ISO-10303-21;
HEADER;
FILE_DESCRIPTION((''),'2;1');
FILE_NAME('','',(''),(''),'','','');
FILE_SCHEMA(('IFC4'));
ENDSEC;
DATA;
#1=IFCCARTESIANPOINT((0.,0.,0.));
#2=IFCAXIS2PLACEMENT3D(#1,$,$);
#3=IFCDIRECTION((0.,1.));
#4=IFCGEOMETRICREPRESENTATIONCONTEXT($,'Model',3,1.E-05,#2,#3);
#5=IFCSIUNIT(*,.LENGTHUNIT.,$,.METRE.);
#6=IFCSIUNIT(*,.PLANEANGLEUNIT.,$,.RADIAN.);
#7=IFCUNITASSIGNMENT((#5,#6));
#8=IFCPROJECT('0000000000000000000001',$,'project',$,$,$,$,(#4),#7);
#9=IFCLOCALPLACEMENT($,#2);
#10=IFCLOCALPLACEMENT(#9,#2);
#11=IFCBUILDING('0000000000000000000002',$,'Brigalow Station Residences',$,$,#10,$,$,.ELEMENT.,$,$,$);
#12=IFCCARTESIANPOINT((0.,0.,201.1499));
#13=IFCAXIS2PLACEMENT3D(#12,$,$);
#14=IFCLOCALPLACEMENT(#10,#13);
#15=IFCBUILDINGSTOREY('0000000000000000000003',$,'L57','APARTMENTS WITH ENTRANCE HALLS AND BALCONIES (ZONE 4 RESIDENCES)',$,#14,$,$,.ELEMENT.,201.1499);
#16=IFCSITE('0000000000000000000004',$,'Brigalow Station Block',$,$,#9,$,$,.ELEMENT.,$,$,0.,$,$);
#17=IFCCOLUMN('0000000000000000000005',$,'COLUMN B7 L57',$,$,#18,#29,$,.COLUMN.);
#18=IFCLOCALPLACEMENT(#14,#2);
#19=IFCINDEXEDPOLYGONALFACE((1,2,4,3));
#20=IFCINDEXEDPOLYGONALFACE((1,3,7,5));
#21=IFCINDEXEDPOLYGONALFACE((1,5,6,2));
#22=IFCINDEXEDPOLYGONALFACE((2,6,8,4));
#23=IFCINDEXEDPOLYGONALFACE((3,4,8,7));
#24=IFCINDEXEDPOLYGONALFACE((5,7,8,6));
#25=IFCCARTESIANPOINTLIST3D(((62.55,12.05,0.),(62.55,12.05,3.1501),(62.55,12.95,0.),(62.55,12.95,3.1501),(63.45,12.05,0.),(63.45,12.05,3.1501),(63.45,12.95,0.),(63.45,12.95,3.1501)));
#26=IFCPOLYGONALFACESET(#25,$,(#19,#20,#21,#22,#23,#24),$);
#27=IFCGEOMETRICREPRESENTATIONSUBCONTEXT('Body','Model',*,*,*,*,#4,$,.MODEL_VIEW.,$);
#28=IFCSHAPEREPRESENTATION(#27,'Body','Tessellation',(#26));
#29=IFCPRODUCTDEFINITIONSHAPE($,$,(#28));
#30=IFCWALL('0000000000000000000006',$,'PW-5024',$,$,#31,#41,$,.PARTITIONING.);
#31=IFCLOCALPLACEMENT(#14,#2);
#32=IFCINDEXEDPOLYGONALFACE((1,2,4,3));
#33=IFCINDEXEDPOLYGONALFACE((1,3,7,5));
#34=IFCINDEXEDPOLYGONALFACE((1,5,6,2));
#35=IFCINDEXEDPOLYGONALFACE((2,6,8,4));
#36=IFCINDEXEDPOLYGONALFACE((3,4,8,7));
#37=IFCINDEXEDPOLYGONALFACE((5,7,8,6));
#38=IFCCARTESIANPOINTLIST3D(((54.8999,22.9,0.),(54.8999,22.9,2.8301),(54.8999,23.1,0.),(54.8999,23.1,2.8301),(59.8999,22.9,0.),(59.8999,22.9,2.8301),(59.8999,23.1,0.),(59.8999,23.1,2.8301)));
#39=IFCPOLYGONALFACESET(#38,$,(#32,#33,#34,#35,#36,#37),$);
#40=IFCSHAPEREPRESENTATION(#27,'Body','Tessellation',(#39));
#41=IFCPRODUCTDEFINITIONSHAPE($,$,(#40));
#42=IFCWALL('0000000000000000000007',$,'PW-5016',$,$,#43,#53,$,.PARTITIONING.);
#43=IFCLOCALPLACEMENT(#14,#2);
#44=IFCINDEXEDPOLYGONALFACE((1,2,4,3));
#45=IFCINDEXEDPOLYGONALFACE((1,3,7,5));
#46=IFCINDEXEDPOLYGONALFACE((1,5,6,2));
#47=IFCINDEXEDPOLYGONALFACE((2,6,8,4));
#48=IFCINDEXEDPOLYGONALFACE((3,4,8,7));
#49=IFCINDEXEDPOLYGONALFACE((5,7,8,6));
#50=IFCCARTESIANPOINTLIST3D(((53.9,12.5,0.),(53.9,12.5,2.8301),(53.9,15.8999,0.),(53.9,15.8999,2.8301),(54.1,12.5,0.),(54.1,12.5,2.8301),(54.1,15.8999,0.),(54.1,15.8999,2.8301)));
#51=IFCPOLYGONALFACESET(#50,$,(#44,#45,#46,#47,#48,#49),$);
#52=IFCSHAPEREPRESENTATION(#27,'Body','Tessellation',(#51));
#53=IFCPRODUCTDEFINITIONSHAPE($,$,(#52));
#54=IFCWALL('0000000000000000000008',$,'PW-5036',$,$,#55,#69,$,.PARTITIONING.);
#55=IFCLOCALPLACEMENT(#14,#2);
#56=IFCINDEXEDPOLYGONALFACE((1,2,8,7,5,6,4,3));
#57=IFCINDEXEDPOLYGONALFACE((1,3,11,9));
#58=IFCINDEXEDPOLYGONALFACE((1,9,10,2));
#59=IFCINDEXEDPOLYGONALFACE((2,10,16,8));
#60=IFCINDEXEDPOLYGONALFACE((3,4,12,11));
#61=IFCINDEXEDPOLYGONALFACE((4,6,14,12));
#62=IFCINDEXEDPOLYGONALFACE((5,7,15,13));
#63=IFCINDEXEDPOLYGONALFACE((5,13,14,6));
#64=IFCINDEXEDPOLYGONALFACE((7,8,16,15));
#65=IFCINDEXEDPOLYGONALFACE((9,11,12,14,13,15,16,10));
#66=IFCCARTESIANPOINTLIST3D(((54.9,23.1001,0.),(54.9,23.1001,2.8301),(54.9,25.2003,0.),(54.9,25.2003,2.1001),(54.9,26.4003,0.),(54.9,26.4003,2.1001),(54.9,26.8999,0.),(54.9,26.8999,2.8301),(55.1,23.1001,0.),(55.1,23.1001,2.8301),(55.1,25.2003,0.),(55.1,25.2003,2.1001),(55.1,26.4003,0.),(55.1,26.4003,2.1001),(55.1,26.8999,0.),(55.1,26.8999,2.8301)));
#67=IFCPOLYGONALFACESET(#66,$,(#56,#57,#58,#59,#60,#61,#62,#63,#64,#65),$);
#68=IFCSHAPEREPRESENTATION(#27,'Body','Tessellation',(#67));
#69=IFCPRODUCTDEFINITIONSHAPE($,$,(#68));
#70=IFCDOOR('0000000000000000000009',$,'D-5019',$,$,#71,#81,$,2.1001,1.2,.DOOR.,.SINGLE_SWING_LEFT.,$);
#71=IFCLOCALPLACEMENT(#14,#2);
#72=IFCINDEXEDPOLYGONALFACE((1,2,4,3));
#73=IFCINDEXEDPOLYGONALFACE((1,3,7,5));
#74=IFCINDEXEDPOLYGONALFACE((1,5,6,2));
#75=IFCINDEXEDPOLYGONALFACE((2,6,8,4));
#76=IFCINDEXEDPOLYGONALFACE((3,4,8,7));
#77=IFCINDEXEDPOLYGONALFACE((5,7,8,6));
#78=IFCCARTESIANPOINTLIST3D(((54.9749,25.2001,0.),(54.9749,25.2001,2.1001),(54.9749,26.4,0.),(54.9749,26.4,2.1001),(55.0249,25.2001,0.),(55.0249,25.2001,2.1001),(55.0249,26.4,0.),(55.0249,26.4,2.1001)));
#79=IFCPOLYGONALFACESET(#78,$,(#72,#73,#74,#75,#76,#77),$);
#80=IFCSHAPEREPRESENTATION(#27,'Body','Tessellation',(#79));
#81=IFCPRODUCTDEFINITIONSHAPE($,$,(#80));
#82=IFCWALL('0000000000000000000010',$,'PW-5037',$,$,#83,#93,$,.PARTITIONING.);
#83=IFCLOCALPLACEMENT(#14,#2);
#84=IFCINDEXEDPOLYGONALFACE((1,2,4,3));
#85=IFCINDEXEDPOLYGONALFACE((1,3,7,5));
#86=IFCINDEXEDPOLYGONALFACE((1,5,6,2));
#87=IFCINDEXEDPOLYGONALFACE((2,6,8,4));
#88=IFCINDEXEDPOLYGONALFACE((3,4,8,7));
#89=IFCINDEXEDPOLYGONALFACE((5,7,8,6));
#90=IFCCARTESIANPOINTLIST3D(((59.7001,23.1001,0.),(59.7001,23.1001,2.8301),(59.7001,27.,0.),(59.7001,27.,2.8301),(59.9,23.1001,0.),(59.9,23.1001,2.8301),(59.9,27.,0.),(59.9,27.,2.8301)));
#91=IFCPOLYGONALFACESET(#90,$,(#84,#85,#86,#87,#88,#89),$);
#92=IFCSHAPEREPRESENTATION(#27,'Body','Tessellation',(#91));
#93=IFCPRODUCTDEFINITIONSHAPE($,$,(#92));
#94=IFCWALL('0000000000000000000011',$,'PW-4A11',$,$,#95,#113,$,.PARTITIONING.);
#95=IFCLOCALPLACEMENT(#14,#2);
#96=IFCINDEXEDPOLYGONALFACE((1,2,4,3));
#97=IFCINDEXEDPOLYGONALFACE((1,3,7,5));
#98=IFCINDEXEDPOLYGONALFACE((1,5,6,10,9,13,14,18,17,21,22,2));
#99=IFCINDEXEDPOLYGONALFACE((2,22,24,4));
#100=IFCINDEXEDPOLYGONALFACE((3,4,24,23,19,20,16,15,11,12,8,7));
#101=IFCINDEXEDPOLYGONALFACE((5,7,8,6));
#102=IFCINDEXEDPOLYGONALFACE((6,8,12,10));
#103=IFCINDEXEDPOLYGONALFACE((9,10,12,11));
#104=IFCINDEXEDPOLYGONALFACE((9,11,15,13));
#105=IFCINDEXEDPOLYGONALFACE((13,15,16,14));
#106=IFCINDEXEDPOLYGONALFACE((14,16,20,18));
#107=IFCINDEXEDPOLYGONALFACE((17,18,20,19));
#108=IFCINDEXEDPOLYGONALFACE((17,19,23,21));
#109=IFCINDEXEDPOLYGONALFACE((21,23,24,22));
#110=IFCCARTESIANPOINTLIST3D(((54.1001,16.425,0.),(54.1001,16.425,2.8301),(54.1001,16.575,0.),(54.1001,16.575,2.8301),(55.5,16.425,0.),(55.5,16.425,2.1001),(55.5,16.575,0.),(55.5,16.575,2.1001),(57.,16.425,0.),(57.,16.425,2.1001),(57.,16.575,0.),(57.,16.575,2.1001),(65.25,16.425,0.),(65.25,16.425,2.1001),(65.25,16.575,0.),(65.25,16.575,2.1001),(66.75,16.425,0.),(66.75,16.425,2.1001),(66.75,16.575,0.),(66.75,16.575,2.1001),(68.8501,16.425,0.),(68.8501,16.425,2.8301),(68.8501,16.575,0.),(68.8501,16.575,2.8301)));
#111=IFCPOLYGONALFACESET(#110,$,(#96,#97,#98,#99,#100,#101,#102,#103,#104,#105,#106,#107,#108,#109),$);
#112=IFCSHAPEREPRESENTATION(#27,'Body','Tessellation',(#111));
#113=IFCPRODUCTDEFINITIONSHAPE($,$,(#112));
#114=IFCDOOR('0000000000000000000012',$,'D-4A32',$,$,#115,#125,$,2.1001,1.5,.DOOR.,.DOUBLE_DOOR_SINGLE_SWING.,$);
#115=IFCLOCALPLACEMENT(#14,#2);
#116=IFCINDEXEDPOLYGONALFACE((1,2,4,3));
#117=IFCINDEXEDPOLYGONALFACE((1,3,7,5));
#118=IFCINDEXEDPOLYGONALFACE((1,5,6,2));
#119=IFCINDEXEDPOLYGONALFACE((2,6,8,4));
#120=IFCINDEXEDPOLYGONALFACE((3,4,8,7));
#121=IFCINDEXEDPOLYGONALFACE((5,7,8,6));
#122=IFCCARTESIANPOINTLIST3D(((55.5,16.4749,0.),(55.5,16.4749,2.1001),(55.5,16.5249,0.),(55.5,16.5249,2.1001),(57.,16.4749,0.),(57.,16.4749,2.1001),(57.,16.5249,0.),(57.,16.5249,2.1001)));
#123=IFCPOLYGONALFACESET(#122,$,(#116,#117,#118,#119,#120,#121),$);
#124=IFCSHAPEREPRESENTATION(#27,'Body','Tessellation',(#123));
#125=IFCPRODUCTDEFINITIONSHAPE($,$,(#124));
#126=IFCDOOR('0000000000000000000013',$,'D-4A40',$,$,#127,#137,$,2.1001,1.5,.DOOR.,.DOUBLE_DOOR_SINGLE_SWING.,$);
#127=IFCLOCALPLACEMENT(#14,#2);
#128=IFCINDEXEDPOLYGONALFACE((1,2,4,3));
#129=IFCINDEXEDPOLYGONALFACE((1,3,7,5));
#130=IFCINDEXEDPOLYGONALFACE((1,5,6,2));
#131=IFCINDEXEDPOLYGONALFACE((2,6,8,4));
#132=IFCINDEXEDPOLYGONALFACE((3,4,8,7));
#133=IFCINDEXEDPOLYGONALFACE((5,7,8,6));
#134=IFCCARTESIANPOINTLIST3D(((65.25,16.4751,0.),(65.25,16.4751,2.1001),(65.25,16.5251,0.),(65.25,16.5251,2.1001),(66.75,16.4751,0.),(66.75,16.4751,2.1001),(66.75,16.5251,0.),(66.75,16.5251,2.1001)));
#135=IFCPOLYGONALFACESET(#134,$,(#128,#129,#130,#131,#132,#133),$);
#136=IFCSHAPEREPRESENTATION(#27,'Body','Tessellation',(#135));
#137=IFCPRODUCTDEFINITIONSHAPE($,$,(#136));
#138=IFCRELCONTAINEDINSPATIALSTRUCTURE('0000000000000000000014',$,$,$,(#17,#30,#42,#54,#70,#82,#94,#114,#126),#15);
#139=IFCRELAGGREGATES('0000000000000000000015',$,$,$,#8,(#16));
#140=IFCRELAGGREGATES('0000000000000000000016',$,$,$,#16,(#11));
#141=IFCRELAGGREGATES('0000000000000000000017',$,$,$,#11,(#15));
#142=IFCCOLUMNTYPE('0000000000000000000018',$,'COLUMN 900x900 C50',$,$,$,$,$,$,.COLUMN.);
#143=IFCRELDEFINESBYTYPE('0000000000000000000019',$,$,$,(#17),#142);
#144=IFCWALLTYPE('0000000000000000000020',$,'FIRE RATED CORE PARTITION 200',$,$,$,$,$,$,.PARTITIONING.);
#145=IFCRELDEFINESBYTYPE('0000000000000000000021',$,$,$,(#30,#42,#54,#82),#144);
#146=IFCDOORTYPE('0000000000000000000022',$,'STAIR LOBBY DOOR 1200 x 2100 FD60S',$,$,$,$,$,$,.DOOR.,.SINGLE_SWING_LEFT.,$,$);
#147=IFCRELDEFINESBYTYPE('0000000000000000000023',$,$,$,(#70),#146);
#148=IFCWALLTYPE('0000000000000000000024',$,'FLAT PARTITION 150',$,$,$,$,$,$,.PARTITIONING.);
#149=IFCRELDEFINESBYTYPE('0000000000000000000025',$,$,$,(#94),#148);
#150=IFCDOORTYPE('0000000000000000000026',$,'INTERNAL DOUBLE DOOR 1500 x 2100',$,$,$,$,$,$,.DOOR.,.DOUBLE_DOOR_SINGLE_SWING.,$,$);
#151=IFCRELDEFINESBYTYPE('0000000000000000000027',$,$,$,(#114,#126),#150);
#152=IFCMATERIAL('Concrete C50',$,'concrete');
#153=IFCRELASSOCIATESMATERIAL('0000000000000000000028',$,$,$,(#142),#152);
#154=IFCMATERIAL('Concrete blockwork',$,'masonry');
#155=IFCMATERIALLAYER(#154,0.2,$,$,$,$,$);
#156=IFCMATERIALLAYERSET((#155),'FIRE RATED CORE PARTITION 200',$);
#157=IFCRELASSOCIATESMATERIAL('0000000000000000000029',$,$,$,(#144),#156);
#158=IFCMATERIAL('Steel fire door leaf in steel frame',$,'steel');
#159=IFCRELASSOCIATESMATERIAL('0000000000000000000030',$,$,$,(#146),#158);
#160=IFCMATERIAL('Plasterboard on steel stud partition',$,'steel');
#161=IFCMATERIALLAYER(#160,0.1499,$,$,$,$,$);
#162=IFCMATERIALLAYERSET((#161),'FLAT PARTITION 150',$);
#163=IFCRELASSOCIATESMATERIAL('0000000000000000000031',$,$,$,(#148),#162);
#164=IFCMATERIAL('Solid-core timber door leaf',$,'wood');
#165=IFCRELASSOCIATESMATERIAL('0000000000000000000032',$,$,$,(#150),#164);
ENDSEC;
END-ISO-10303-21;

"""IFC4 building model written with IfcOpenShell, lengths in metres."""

from ifc_helpers import new_model, si_unit, direction, frame, frame_2d, origin, origin_2d, place, context, subcontext, project, spatial, rectangle, extrude, material, layer, layer_set, material_profile, profile_set, type_object, element, fill, save


model = new_model("IFC4")

# Units and contexts
model_context = context("Model", 3, precision=1e-05, world=origin(), true_north=direction((0.0, 1.0)))
body_context = subcontext(model_context, "Body", "Model", "MODEL_VIEW")
ifc_project = project(units=[si_unit("LENGTHUNIT", "METRE"), si_unit("PLANEANGLEUNIT", "RADIAN")], contexts=[model_context])

# Site, building, storey
site_placement = place(None, origin())
site = spatial("IfcSite", under=ifc_project, at=site_placement, Name="Brigalow Station Block", CompositionType="ELEMENT", RefElevation=0.0)
building_placement = place(site_placement, origin())
building = spatial("IfcBuilding", under=site, at=building_placement, Name="Brigalow Station Residences", CompositionType="ELEMENT")
storey_placement = place(building_placement, frame((0.0, 0.0, 201.1499)))
storey = spatial("IfcBuildingStorey", under=building, at=storey_placement, Name="L57", Description="APARTMENTS WITH ENTRANCE HALLS AND BALCONIES (ZONE 4 RESIDENCES)", CompositionType="ELEMENT", Elevation=201.1499)

# Column
ifc_material_1 = material(Name="Concrete C50", Category="concrete")
ifc_material_profile = material_profile(ifc_material_1, rectangle(XDim=0.8999, YDim=0.8999, at=origin_2d()), Name="RC900x900")
ifc_profile_set = profile_set([ifc_material_profile], Name="Concrete C50")
column_type = type_object("IfcColumnType", Name="COLUMN 900x900 C50", PredefinedType="COLUMN", material=ifc_profile_set)
column_placement = place(storey_placement, frame((63.0, 12.5, 0.0), z_axis=(0.0, 0.0, 1.0), x_axis=(1.0, 0.0, 0.0)))
element("IfcColumn", 1, at=column_placement, inside=storey, type_object=column_type, Name="COLUMN B7 L57", PredefinedType="COLUMN", context=body_context, shape_type="SweptSolid", body=[
    extrude(rectangle(XDim=0.8999, YDim=0.8999, at=origin_2d()), origin(), (0.0, 0.0, 1.0), 3.1501),
])

# Walls
ifc_material_2 = material(Name="Concrete blockwork", Category="masonry")
ifc_layer_1 = layer(ifc_material_2, 0.2)
ifc_layer_set_1 = layer_set([ifc_layer_1], Name="FIRE RATED CORE PARTITION 200")
wall_type_1 = type_object("IfcWallType", Name="FIRE RATED CORE PARTITION 200", PredefinedType="PARTITIONING", material=ifc_layer_set_1)
wall_1_placement = place(storey_placement, frame((54.8999, 23.0, 0.0), z_axis=(0.0, 0.0, 1.0), x_axis=(1.0, 0.0, 0.0)))
element("IfcWall", 2, at=wall_1_placement, inside=storey, type_object=wall_type_1, Name="PW-5024", PredefinedType="PARTITIONING", context=body_context, shape_type="SweptSolid", body=[
    extrude(rectangle(XDim=5.0, YDim=0.2, at=frame_2d((2.5, 0.0))), origin(), (0.0, 0.0, 1.0), 2.8301),
])
wall_2_placement = place(storey_placement, frame((54.0, 12.5, 0.0), z_axis=(0.0, 0.0, 1.0), x_axis=(0.0, 1.0, 0.0)))
element("IfcWall", 3, at=wall_2_placement, inside=storey, type_object=wall_type_1, Name="PW-5016", PredefinedType="PARTITIONING", context=body_context, shape_type="SweptSolid", body=[
    extrude(rectangle(XDim=3.3999, YDim=0.2, at=frame_2d((1.7, 0.0))), origin(), (0.0, 0.0, 1.0), 2.8301),
])

# Wall, opening, door
wall_3_placement = place(storey_placement, frame((55.0, 23.1001, 0.0), z_axis=(0.0, 0.0, 1.0), x_axis=(0.0, 1.0, 0.0)))
wall_3 = element("IfcWall", 4, at=wall_3_placement, inside=storey, type_object=wall_type_1, Name="PW-5036", PredefinedType="PARTITIONING", context=body_context, shape_type="SweptSolid", body=[
    extrude(rectangle(XDim=3.7998, YDim=0.2, at=frame_2d((1.8999, 0.0))), origin(), (0.0, 0.0, 1.0), 2.8301),
])
opening_1_placement = place(wall_3_placement, frame((2.1001, 0.0, 0.0)))
opening_1 = element("IfcOpeningElement", 5, at=opening_1_placement, cuts=wall_3, PredefinedType="OPENING", context=body_context, shape_type="SweptSolid", body=[
    extrude(rectangle(XDim=1.2, YDim=2.1001, at=frame_2d((0.6001, 1.05))), frame((0.0, 0.1099, 0.0), z_axis=(0.0, -1.0, 0.0), x_axis=(1.0, 0.0, 0.0)), (0.0, 0.0, 1.0), 0.22),
])
ifc_material_3 = material(Name="Steel fire door leaf in steel frame", Category="steel")
door_type_1 = type_object("IfcDoorType", Name="STAIR LOBBY DOOR 1200 x 2100 FD60S", OperationType="SINGLE_SWING_LEFT", PredefinedType="DOOR", material=ifc_material_3)
door_1_placement = place(opening_1_placement, frame((1.2, 0.0, 0.0), z_axis=(0.0, 0.0, 1.0), x_axis=(-1.0, 0.0, 0.0)))
door_1 = element("IfcDoor", 6, at=door_1_placement, inside=storey, type_object=door_type_1, Name="D-5019", OperationType="SINGLE_SWING_LEFT", OverallHeight=2.1001, OverallWidth=1.2, PredefinedType="DOOR", context=body_context, shape_type="SweptSolid", body=[
    extrude(rectangle(XDim=1.2, YDim=2.1001, at=frame_2d((0.6001, 1.05))), frame((0.0, 0.0249, 0.0), z_axis=(0.0, -1.0, 0.0), x_axis=(1.0, 0.0, 0.0)), (0.0, 0.0, 1.0), 0.05),
])
fill(opening_1, door_1)

# Wall
wall_4_placement = place(storey_placement, frame((59.8, 23.1001, 0.0), z_axis=(0.0, 0.0, 1.0), x_axis=(0.0, 1.0, 0.0)))
element("IfcWall", 7, at=wall_4_placement, inside=storey, type_object=wall_type_1, Name="PW-5037", PredefinedType="PARTITIONING", context=body_context, shape_type="SweptSolid", body=[
    extrude(rectangle(XDim=3.8999, YDim=0.2, at=frame_2d((1.95, 0.0))), origin(), (0.0, 0.0, 1.0), 2.8301),
])

# Wall, openings, doors
ifc_material_4 = material(Name="Plasterboard on steel stud partition", Category="steel")
ifc_layer_2 = layer(ifc_material_4, 0.1499)
ifc_layer_set_2 = layer_set([ifc_layer_2], Name="FLAT PARTITION 150")
wall_type_2 = type_object("IfcWallType", Name="FLAT PARTITION 150", PredefinedType="PARTITIONING", material=ifc_layer_set_2)
wall_5_placement = place(storey_placement, frame((54.1001, 16.5, 0.0), z_axis=(0.0, 0.0, 1.0), x_axis=(1.0, 0.0, 0.0)))
wall_5 = element("IfcWall", 8, at=wall_5_placement, inside=storey, type_object=wall_type_2, Name="PW-4A11", PredefinedType="PARTITIONING", context=body_context, shape_type="SweptSolid", body=[
    extrude(rectangle(XDim=14.75, YDim=0.1499, at=frame_2d((7.375, 0.0))), origin(), (0.0, 0.0, 1.0), 2.8301),
])
opening_2_placement = place(wall_5_placement, frame((1.3999, 0.0, 0.0)))
opening_2 = element("IfcOpeningElement", 9, at=opening_2_placement, cuts=wall_5, PredefinedType="OPENING", context=body_context, shape_type="SweptSolid", body=[
    extrude(rectangle(XDim=1.5, YDim=2.1001, at=frame_2d((0.75, 1.05))), frame((0.0, 0.085, 0.0), z_axis=(0.0, -1.0, 0.0), x_axis=(1.0, 0.0, 0.0)), (0.0, 0.0, 1.0), 0.1699),
])
opening_3_placement = place(wall_5_placement, frame((11.1499, 0.0, 0.0)))
opening_3 = element("IfcOpeningElement", 10, at=opening_3_placement, cuts=wall_5, PredefinedType="OPENING", context=body_context, shape_type="SweptSolid", body=[
    extrude(rectangle(XDim=1.5, YDim=2.1001, at=frame_2d((0.75, 1.05))), frame((0.0, 0.085, 0.0), z_axis=(0.0, -1.0, 0.0), x_axis=(1.0, 0.0, 0.0)), (0.0, 0.0, 1.0), 0.1699),
])
ifc_material_5 = material(Name="Solid-core timber door leaf", Category="wood")
door_type_2 = type_object("IfcDoorType", Name="INTERNAL DOUBLE DOOR 1500 x 2100", OperationType="DOUBLE_DOOR_SINGLE_SWING", PredefinedType="DOOR", material=ifc_material_5)
door_2_placement = place(opening_2_placement, origin())
door_2 = element("IfcDoor", 11, at=door_2_placement, inside=storey, type_object=door_type_2, Name="D-4A32", OperationType="DOUBLE_DOOR_SINGLE_SWING", OverallHeight=2.1001, OverallWidth=1.5, PredefinedType="DOOR", context=body_context, shape_type="SweptSolid", body=[
    extrude(rectangle(XDim=1.5, YDim=2.1001, at=frame_2d((0.75, 1.05))), frame((0.0, 0.0249, 0.0), z_axis=(0.0, -1.0, 0.0), x_axis=(1.0, 0.0, 0.0)), (0.0, 0.0, 1.0), 0.05),
])
fill(opening_2, door_2)
door_3_placement = place(opening_3_placement, frame((1.5, 0.0, 0.0), z_axis=(0.0, 0.0, 1.0), x_axis=(-1.0, 0.0, 0.0)))
door_3 = element("IfcDoor", 12, at=door_3_placement, inside=storey, type_object=door_type_2, Name="D-4A40", OperationType="DOUBLE_DOOR_SINGLE_SWING", OverallHeight=2.1001, OverallWidth=1.5, PredefinedType="DOOR", context=body_context, shape_type="SweptSolid", body=[
    extrude(rectangle(XDim=1.5, YDim=2.1001, at=frame_2d((0.75, 1.05))), frame((0.0, 0.0249, 0.0), z_axis=(0.0, -1.0, 0.0), x_axis=(1.0, 0.0, 0.0)), (0.0, 0.0, 1.0), 0.05),
])
fill(opening_3, door_3)

save(model, "model.ifc")
